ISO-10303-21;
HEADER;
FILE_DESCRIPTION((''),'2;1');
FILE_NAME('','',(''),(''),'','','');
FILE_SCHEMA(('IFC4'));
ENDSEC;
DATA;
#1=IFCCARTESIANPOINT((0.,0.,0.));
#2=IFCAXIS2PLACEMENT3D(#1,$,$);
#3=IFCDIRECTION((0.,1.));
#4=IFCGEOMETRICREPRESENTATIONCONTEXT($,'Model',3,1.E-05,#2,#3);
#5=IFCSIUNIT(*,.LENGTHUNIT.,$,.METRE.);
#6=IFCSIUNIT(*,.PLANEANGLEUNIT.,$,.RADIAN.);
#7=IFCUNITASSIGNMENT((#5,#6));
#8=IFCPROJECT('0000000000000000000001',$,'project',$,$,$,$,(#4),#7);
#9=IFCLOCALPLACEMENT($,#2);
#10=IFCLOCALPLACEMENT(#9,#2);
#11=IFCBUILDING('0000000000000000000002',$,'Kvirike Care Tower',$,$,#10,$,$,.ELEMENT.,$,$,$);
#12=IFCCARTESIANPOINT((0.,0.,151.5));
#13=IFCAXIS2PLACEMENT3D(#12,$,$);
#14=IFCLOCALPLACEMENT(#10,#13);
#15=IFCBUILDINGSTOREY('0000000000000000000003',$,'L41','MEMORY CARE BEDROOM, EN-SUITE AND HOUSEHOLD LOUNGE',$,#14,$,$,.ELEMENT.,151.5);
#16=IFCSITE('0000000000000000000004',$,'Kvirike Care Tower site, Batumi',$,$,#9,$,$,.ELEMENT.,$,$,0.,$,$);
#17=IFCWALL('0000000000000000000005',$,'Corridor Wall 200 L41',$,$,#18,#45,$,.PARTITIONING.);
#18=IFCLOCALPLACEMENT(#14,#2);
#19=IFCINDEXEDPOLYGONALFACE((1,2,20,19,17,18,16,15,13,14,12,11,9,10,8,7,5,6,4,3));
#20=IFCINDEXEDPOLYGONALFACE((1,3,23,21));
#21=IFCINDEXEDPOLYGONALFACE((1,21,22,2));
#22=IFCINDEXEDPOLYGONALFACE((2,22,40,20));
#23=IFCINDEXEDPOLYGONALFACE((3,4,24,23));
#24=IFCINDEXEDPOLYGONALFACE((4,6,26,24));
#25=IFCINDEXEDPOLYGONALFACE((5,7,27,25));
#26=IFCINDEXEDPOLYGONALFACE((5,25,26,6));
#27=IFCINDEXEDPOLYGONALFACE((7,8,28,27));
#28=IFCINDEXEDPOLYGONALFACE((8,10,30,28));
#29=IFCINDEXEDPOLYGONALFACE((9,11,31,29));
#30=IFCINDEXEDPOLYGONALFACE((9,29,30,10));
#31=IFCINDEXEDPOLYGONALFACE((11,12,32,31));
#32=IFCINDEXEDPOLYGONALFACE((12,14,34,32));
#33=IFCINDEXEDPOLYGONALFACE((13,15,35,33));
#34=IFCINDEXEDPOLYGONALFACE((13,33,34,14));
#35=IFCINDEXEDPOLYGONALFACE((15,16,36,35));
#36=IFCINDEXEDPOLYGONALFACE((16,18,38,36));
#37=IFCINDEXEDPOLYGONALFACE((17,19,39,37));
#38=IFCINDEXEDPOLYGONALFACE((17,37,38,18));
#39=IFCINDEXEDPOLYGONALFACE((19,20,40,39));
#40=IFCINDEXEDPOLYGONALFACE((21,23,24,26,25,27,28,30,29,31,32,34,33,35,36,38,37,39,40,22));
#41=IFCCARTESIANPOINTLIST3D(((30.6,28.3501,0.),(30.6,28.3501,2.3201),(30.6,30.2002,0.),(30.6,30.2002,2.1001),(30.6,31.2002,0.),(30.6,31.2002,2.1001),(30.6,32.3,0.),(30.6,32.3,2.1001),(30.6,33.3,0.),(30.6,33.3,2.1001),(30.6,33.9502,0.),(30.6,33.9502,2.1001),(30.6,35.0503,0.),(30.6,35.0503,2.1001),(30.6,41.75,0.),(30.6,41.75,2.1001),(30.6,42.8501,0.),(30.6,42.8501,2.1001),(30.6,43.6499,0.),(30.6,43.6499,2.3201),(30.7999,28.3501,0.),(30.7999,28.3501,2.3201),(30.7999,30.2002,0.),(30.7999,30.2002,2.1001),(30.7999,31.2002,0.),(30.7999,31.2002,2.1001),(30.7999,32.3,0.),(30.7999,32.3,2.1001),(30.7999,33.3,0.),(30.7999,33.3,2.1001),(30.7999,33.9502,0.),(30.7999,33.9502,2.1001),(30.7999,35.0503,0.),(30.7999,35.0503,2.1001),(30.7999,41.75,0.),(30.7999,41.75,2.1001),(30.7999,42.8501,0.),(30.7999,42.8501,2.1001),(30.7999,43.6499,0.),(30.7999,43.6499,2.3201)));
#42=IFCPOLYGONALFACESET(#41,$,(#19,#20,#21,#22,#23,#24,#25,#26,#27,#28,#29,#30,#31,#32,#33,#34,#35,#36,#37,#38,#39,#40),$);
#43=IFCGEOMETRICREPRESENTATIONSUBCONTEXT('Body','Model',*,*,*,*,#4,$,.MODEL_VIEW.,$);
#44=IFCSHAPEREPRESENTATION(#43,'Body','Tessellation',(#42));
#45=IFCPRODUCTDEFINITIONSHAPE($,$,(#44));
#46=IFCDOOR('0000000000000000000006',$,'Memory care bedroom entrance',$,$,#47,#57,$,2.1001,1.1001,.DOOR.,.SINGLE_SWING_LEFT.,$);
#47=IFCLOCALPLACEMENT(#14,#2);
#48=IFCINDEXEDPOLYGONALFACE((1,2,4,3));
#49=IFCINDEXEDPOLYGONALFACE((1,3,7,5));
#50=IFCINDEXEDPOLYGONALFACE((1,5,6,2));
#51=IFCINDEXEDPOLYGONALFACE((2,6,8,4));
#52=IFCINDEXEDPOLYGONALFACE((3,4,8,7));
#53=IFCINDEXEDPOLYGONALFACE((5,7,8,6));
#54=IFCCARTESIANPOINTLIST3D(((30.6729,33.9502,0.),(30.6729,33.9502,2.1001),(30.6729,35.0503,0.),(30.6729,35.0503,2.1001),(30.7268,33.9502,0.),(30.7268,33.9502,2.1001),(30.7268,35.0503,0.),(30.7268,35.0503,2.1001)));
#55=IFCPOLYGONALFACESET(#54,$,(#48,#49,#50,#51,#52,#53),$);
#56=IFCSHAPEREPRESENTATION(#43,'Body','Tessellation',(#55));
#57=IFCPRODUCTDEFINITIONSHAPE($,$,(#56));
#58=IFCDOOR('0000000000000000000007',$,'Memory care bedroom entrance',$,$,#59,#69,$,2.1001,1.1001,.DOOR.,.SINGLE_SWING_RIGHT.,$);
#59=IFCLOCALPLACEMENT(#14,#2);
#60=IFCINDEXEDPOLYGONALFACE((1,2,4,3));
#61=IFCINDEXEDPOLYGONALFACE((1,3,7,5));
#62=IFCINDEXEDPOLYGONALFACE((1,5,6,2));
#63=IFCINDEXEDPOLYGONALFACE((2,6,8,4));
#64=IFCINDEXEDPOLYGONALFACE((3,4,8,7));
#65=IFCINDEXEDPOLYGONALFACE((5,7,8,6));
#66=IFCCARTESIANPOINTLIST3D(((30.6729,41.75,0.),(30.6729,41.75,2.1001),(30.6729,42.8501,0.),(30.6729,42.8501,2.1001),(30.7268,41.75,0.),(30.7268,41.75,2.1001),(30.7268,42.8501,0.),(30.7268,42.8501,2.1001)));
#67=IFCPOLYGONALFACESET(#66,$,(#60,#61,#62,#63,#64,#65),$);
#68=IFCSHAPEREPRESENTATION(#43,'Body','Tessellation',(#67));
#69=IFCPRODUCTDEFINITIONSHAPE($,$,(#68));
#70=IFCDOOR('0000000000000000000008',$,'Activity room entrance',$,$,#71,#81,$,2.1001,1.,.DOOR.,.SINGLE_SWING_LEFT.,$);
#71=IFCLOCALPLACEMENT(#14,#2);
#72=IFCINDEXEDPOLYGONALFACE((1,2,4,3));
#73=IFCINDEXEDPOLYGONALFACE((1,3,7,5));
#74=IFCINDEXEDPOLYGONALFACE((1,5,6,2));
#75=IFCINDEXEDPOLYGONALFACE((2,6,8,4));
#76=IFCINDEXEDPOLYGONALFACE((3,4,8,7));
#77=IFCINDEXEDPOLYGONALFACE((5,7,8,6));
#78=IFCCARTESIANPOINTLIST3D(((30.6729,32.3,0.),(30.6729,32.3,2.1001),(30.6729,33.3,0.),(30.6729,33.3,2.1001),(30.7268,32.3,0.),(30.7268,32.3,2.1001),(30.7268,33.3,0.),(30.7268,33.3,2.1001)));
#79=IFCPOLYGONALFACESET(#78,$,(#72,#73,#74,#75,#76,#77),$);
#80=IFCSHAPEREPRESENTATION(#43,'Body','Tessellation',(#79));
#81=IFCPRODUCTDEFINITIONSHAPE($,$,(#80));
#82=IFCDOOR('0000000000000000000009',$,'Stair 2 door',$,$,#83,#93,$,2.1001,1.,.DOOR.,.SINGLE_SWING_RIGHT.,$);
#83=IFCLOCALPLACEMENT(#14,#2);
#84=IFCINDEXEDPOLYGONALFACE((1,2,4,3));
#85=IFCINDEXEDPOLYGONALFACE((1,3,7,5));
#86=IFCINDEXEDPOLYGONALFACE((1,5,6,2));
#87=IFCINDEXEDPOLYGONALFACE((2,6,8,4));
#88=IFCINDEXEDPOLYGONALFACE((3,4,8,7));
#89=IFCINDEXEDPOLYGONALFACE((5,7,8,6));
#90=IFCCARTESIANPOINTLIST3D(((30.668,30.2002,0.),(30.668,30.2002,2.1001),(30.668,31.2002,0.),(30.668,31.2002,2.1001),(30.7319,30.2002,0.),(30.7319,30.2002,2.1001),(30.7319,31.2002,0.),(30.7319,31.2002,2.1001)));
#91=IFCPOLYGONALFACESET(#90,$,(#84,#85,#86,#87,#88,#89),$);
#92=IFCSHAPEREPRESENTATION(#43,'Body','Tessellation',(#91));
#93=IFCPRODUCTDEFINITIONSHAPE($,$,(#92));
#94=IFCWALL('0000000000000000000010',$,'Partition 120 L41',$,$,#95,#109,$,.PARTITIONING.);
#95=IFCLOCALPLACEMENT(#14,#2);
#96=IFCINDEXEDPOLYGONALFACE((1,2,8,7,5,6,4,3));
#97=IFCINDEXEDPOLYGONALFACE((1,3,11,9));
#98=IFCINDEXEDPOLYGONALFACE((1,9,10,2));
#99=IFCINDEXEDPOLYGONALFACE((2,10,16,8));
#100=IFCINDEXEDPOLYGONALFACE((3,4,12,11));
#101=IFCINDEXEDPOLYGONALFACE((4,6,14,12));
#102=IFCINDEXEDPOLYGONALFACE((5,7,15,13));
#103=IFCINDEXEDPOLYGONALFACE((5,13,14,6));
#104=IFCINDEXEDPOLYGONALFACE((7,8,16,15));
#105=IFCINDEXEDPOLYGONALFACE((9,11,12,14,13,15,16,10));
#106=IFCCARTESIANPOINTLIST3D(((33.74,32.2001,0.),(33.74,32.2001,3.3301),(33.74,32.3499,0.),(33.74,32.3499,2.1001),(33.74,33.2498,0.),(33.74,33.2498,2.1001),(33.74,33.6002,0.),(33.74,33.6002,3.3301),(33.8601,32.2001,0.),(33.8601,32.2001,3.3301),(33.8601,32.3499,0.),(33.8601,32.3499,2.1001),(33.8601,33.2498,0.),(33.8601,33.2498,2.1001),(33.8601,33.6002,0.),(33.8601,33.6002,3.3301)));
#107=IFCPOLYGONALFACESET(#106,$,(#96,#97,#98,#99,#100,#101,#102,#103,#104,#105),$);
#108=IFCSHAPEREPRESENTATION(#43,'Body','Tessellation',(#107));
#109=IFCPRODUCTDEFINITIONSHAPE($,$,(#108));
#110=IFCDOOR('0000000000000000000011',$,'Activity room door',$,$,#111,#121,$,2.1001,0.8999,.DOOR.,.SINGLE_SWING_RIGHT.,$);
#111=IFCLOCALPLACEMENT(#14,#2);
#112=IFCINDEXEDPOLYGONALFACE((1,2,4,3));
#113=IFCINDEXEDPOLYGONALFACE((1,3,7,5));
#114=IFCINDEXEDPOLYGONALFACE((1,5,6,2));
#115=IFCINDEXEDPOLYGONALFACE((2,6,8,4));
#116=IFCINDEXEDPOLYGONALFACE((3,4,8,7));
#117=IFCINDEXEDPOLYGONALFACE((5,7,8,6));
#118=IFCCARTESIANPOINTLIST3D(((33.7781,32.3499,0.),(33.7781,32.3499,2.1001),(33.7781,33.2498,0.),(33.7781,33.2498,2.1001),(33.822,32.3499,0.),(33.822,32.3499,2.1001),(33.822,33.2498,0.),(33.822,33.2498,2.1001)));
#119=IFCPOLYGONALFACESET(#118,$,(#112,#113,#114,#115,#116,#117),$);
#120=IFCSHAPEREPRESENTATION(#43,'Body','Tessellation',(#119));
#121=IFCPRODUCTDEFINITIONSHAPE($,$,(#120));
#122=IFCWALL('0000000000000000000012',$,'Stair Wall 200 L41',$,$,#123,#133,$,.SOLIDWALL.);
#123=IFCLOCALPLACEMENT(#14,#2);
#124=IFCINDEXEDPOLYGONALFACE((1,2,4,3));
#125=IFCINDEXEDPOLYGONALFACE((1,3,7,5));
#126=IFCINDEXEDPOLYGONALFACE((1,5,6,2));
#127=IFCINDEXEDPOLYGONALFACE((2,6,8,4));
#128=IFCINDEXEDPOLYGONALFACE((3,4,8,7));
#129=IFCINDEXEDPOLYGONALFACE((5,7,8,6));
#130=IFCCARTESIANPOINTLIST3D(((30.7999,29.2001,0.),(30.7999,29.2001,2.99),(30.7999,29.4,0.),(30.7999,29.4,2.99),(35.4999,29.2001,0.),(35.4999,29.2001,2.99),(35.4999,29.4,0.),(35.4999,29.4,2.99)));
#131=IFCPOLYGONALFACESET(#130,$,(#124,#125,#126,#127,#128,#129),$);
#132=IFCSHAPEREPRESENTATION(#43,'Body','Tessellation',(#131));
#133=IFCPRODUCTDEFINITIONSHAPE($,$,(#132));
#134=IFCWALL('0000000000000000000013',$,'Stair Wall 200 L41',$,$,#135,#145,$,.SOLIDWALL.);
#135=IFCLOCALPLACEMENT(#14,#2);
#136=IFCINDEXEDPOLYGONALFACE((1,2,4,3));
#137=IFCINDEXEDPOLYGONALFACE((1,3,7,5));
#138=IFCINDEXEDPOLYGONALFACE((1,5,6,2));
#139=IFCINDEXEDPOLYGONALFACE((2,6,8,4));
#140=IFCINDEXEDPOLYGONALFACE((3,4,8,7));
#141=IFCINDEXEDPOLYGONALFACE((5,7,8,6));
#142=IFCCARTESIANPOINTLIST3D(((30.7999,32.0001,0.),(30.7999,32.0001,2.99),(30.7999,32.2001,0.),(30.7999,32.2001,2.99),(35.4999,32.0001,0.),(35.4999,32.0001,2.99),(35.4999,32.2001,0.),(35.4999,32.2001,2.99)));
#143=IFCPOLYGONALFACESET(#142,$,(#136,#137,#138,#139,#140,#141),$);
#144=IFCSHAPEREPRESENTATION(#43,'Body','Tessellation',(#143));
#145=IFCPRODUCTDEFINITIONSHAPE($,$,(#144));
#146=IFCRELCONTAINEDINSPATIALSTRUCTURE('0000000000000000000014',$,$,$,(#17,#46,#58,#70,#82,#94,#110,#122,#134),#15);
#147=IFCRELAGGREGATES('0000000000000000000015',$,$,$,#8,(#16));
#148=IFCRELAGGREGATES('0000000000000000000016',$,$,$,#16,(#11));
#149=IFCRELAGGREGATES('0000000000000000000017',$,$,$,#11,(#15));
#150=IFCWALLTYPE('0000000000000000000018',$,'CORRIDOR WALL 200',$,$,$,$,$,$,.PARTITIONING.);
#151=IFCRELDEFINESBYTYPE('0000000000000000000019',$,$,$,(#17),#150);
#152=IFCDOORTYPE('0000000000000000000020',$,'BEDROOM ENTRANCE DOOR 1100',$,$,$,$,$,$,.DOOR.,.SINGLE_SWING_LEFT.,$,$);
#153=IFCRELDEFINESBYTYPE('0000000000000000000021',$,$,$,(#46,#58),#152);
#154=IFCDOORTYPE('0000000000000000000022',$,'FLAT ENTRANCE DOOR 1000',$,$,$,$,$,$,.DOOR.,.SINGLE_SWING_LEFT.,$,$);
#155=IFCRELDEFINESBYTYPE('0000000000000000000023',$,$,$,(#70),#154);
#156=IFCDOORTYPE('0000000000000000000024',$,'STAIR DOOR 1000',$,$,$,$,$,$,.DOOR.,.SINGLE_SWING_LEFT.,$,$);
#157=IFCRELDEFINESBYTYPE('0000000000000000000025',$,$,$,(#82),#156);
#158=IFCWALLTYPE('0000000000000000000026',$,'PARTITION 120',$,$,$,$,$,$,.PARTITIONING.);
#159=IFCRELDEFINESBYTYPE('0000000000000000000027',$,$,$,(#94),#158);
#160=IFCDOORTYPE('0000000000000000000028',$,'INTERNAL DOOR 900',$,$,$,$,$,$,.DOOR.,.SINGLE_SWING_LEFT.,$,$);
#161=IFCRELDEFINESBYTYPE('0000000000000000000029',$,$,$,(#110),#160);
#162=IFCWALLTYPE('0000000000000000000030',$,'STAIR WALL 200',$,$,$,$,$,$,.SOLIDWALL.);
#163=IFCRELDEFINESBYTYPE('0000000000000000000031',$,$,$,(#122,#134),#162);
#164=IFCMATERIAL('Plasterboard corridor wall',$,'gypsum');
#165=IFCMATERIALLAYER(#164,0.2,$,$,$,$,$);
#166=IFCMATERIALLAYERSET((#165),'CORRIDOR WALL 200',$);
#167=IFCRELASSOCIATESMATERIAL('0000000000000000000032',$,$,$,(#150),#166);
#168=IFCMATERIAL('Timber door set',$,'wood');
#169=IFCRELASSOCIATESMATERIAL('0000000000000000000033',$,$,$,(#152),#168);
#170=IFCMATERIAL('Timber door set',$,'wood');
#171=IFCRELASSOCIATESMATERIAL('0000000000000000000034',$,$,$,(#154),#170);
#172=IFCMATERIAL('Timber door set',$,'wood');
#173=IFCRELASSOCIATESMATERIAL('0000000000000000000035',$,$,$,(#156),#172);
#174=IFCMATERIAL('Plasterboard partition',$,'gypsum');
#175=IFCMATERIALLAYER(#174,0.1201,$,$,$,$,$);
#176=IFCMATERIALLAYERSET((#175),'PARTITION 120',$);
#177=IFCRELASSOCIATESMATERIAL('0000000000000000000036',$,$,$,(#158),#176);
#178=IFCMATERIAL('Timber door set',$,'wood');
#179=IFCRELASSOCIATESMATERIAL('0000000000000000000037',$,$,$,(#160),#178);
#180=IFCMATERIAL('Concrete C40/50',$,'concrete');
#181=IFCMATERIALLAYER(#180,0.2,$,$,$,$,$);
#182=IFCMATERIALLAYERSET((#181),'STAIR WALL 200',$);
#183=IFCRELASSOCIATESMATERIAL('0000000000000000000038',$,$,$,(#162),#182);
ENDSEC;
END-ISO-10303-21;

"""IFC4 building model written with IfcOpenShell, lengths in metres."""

from ifc_helpers import new_model, si_unit, direction, frame, frame_2d, origin, place, context, subcontext, project, spatial, rectangle, extrude, material, layer, layer_set, type_object, element, fill, save


model = new_model("IFC4")

# Units and contexts
model_context = context("Model", 3, precision=1e-05, world=origin(), true_north=direction((0.0, 1.0)))
body_context = subcontext(model_context, "Body", "Model", "MODEL_VIEW")
ifc_project = project(units=[si_unit("LENGTHUNIT", "METRE"), si_unit("PLANEANGLEUNIT", "RADIAN")], contexts=[model_context])

# Site, building, storey
site_placement = place(None, origin())
site = spatial("IfcSite", under=ifc_project, at=site_placement, Name="Kvirike Care Tower site, Batumi", CompositionType="ELEMENT", RefElevation=0.0)
building_placement = place(site_placement, origin())
building = spatial("IfcBuilding", under=site, at=building_placement, Name="Kvirike Care Tower", CompositionType="ELEMENT")
storey_placement = place(building_placement, frame((0.0, 0.0, 151.5)))
storey = spatial("IfcBuildingStorey", under=building, at=storey_placement, Name="L41", Description="MEMORY CARE BEDROOM, EN-SUITE AND HOUSEHOLD LOUNGE", CompositionType="ELEMENT", Elevation=151.5)

# Wall, openings, doors
ifc_material_1 = material(Name="Plasterboard corridor wall", Category="gypsum")
ifc_layer_1 = layer(ifc_material_1, 0.2)
ifc_layer_set_1 = layer_set([ifc_layer_1], Name="CORRIDOR WALL 200")
wall_type_1 = type_object("IfcWallType", Name="CORRIDOR WALL 200", PredefinedType="PARTITIONING", material=ifc_layer_set_1)
wall_1_placement = place(storey_placement, frame((30.7, 28.3501, 0.0), z_axis=(0.0, 0.0, 1.0), x_axis=(0.0, 1.0, 0.0)))
wall_1 = element("IfcWall", 1, at=wall_1_placement, inside=storey, type_object=wall_type_1, Name="Corridor Wall 200 L41", PredefinedType="PARTITIONING", context=body_context, shape_type="SweptSolid", body=[
    extrude(rectangle(XDim=15.2998, YDim=0.2, at=frame_2d((7.6499, 0.0))), origin(), (0.0, 0.0, 1.0), 2.3201),
])
opening_1_placement = place(wall_1_placement, frame((1.8501, 0.0, 0.0)))
opening_1 = element("IfcOpeningElement", 2, at=opening_1_placement, cuts=wall_1, PredefinedType="OPENING", context=body_context, shape_type="SweptSolid", body=[
    extrude(rectangle(XDim=1.0, YDim=2.1001, at=frame_2d((0.5, 1.05))), frame((0.0, 0.1106, 0.0), z_axis=(0.0, -1.0, 0.0), x_axis=(1.0, 0.0, 0.0)), (0.0, 0.0, 1.0), 0.2209),
])
opening_2_placement = place(wall_1_placement, frame((3.95, 0.0, 0.0)))
opening_2 = element("IfcOpeningElement", 3, at=opening_2_placement, cuts=wall_1, PredefinedType="OPENING", context=body_context, shape_type="SweptSolid", body=[
    extrude(rectangle(XDim=1.0, YDim=2.1001, at=frame_2d((0.5, 1.05))), frame((0.0, 0.1106, 0.0), z_axis=(0.0, -1.0, 0.0), x_axis=(1.0, 0.0, 0.0)), (0.0, 0.0, 1.0), 0.2209),
])
opening_3_placement = place(wall_1_placement, frame((5.6001, 0.0, 0.0)))
opening_3 = element("IfcOpeningElement", 4, at=opening_3_placement, cuts=wall_1, PredefinedType="OPENING", context=body_context, shape_type="SweptSolid", body=[
    extrude(rectangle(XDim=1.1001, YDim=2.1001, at=frame_2d((0.55, 1.05))), frame((0.0, 0.1106, 0.0), z_axis=(0.0, -1.0, 0.0), x_axis=(1.0, 0.0, 0.0)), (0.0, 0.0, 1.0), 0.2209),
])
opening_4_placement = place(wall_1_placement, frame((13.3999, 0.0, 0.0)))
opening_4 = element("IfcOpeningElement", 5, at=opening_4_placement, cuts=wall_1, PredefinedType="OPENING", context=body_context, shape_type="SweptSolid", body=[
    extrude(rectangle(XDim=1.1001, YDim=2.1001, at=frame_2d((0.55, 1.05))), frame((0.0, 0.1106, 0.0), z_axis=(0.0, -1.0, 0.0), x_axis=(1.0, 0.0, 0.0)), (0.0, 0.0, 1.0), 0.2209),
])
ifc_material_2 = material(Name="Timber door set", Category="wood")
door_type_1 = type_object("IfcDoorType", Name="BEDROOM ENTRANCE DOOR 1100", OperationType="SINGLE_SWING_LEFT", PredefinedType="DOOR", material=ifc_material_2)
door_1_placement = place(opening_3_placement, frame((1.1001, 0.0, 0.0), z_axis=(0.0, 0.0, 1.0), x_axis=(-1.0, 0.0, 0.0)))
door_1 = element("IfcDoor", 6, at=door_1_placement, inside=storey, type_object=door_type_1, Name="Memory care bedroom entrance", OperationType="SINGLE_SWING_LEFT", OverallHeight=2.1001, OverallWidth=1.1001, PredefinedType="DOOR", context=body_context, shape_type="SweptSolid", body=[
    extrude(rectangle(XDim=1.1001, YDim=2.1001, at=frame_2d((0.55, 1.05))), frame((0.0, 0.0269, 0.0), z_axis=(0.0, -1.0, 0.0), x_axis=(1.0, 0.0, 0.0)), (0.0, 0.0, 1.0), 0.054),
])
fill(opening_3, door_1)
door_2_placement = place(opening_4_placement, frame((1.1001, 0.0, 0.0), z_axis=(0.0, 0.0, 1.0), x_axis=(-1.0, 0.0, 0.0)))
door_2 = element("IfcDoor", 7, at=door_2_placement, inside=storey, type_object=door_type_1, Name="Memory care bedroom entrance", OperationType="SINGLE_SWING_RIGHT", OverallHeight=2.1001, OverallWidth=1.1001, PredefinedType="DOOR", context=body_context, shape_type="SweptSolid", body=[
    extrude(rectangle(XDim=1.1001, YDim=2.1001, at=frame_2d((0.55, 1.05))), frame((0.0, 0.0269, 0.0), z_axis=(0.0, -1.0, 0.0), x_axis=(1.0, 0.0, 0.0)), (0.0, 0.0, 1.0), 0.054),
])
fill(opening_4, door_2)
ifc_material_3 = material(Name="Timber door set", Category="wood")
door_type_2 = type_object("IfcDoorType", Name="FLAT ENTRANCE DOOR 1000", OperationType="SINGLE_SWING_LEFT", PredefinedType="DOOR", material=ifc_material_3)
door_3_placement = place(opening_2_placement, frame((1.0, 0.0, 0.0), z_axis=(0.0, 0.0, 1.0), x_axis=(-1.0, 0.0, 0.0)))
door_3 = element("IfcDoor", 8, at=door_3_placement, inside=storey, type_object=door_type_2, Name="Activity room entrance", OperationType="SINGLE_SWING_LEFT", OverallHeight=2.1001, OverallWidth=1.0, PredefinedType="DOOR", context=body_context, shape_type="SweptSolid", body=[
    extrude(rectangle(XDim=1.0, YDim=2.1001, at=frame_2d((0.5, 1.05))), frame((0.0, 0.0269, 0.0), z_axis=(0.0, -1.0, 0.0), x_axis=(1.0, 0.0, 0.0)), (0.0, 0.0, 1.0), 0.054),
])
fill(opening_2, door_3)
ifc_material_4 = material(Name="Timber door set", Category="wood")
door_type_3 = type_object("IfcDoorType", Name="STAIR DOOR 1000", OperationType="SINGLE_SWING_LEFT", PredefinedType="DOOR", material=ifc_material_4)
door_4_placement = place(opening_1_placement, frame((1.0, 0.0, 0.0), z_axis=(0.0, 0.0, 1.0), x_axis=(-1.0, 0.0, 0.0)))
door_4 = element("IfcDoor", 9, at=door_4_placement, inside=storey, type_object=door_type_3, Name="Stair 2 door", OperationType="SINGLE_SWING_RIGHT", OverallHeight=2.1001, OverallWidth=1.0, PredefinedType="DOOR", context=body_context, shape_type="SweptSolid", body=[
    extrude(rectangle(XDim=1.0, YDim=2.1001, at=frame_2d((0.5, 1.05))), frame((0.0, 0.032, 0.0), z_axis=(0.0, -1.0, 0.0), x_axis=(1.0, 0.0, 0.0)), (0.0, 0.0, 1.0), 0.064),
])
fill(opening_1, door_4)

# Wall, opening, door
ifc_material_5 = material(Name="Plasterboard partition", Category="gypsum")
ifc_layer_2 = layer(ifc_material_5, 0.1201)
ifc_layer_set_2 = layer_set([ifc_layer_2], Name="PARTITION 120")
wall_type_2 = type_object("IfcWallType", Name="PARTITION 120", PredefinedType="PARTITIONING", material=ifc_layer_set_2)
wall_2_placement = place(storey_placement, frame((33.8, 32.2, 0.0), z_axis=(0.0, 0.0, 1.0), x_axis=(0.0, 1.0, 0.0)))
wall_2 = element("IfcWall", 10, at=wall_2_placement, inside=storey, type_object=wall_type_2, Name="Partition 120 L41", PredefinedType="PARTITIONING", context=body_context, shape_type="SweptSolid", body=[
    extrude(rectangle(XDim=1.4001, YDim=0.1201, at=frame_2d((0.7002, 0.0))), origin(), (0.0, 0.0, 1.0), 3.3301),
])
opening_5_placement = place(wall_2_placement, frame((0.1499, 0.0, 0.0)))
opening_5 = element("IfcOpeningElement", 11, at=opening_5_placement, cuts=wall_2, PredefinedType="OPENING", context=body_context, shape_type="SweptSolid", body=[
    extrude(rectangle(XDim=0.8999, YDim=2.1001, at=frame_2d((0.45, 1.05))), frame((0.0, 0.0706, 0.0), z_axis=(0.0, -1.0, 0.0), x_axis=(1.0, 0.0, 0.0)), (0.0, 0.0, 1.0), 0.1411),
])
ifc_material_6 = material(Name="Timber door set", Category="wood")
door_type_4 = type_object("IfcDoorType", Name="INTERNAL DOOR 900", OperationType="SINGLE_SWING_LEFT", PredefinedType="DOOR", material=ifc_material_6)
door_5_placement = place(opening_5_placement, origin())
door_5 = element("IfcDoor", 12, at=door_5_placement, inside=storey, type_object=door_type_4, Name="Activity room door", OperationType="SINGLE_SWING_RIGHT", OverallHeight=2.1001, OverallWidth=0.8999, PredefinedType="DOOR", context=body_context, shape_type="SweptSolid", body=[
    extrude(rectangle(XDim=0.8999, YDim=2.1001, at=frame_2d((0.45, 1.05))), frame((0.0, 0.022, 0.0), z_axis=(0.0, -1.0, 0.0), x_axis=(1.0, 0.0, 0.0)), (0.0, 0.0, 1.0), 0.0439),
])
fill(opening_5, door_5)

# Walls
ifc_material_7 = material(Name="Concrete C40/50", Category="concrete")
ifc_layer_3 = layer(ifc_material_7, 0.2)
ifc_layer_set_3 = layer_set([ifc_layer_3], Name="STAIR WALL 200")
wall_type_3 = type_object("IfcWallType", Name="STAIR WALL 200", PredefinedType="SOLIDWALL", material=ifc_layer_set_3)
for number, where, z_axis, x_axis, name in (
    (13, (35.5, 29.3, 0.0), (0.0, 0.0, 1.0), (-1.0, 0.0, 0.0), "Stair Wall 200 L41"),
    (14, (35.5, 32.1001, 0.0), (0.0, 0.0, 1.0), (-1.0, 0.0, 0.0), "Stair Wall 200 L41"),
):
    element("IfcWall", number, at=place(storey_placement, frame(where, z_axis=z_axis, x_axis=x_axis)), inside=storey, type_object=wall_type_3, Name=name, PredefinedType="SOLIDWALL", context=body_context, shape_type="SweptSolid", body=[
        extrude(rectangle(XDim=4.7, YDim=0.2, at=frame_2d((2.3501, 0.0))), origin(), (0.0, 0.0, 1.0), 2.99),
    ])

save(model, "model.ifc")
